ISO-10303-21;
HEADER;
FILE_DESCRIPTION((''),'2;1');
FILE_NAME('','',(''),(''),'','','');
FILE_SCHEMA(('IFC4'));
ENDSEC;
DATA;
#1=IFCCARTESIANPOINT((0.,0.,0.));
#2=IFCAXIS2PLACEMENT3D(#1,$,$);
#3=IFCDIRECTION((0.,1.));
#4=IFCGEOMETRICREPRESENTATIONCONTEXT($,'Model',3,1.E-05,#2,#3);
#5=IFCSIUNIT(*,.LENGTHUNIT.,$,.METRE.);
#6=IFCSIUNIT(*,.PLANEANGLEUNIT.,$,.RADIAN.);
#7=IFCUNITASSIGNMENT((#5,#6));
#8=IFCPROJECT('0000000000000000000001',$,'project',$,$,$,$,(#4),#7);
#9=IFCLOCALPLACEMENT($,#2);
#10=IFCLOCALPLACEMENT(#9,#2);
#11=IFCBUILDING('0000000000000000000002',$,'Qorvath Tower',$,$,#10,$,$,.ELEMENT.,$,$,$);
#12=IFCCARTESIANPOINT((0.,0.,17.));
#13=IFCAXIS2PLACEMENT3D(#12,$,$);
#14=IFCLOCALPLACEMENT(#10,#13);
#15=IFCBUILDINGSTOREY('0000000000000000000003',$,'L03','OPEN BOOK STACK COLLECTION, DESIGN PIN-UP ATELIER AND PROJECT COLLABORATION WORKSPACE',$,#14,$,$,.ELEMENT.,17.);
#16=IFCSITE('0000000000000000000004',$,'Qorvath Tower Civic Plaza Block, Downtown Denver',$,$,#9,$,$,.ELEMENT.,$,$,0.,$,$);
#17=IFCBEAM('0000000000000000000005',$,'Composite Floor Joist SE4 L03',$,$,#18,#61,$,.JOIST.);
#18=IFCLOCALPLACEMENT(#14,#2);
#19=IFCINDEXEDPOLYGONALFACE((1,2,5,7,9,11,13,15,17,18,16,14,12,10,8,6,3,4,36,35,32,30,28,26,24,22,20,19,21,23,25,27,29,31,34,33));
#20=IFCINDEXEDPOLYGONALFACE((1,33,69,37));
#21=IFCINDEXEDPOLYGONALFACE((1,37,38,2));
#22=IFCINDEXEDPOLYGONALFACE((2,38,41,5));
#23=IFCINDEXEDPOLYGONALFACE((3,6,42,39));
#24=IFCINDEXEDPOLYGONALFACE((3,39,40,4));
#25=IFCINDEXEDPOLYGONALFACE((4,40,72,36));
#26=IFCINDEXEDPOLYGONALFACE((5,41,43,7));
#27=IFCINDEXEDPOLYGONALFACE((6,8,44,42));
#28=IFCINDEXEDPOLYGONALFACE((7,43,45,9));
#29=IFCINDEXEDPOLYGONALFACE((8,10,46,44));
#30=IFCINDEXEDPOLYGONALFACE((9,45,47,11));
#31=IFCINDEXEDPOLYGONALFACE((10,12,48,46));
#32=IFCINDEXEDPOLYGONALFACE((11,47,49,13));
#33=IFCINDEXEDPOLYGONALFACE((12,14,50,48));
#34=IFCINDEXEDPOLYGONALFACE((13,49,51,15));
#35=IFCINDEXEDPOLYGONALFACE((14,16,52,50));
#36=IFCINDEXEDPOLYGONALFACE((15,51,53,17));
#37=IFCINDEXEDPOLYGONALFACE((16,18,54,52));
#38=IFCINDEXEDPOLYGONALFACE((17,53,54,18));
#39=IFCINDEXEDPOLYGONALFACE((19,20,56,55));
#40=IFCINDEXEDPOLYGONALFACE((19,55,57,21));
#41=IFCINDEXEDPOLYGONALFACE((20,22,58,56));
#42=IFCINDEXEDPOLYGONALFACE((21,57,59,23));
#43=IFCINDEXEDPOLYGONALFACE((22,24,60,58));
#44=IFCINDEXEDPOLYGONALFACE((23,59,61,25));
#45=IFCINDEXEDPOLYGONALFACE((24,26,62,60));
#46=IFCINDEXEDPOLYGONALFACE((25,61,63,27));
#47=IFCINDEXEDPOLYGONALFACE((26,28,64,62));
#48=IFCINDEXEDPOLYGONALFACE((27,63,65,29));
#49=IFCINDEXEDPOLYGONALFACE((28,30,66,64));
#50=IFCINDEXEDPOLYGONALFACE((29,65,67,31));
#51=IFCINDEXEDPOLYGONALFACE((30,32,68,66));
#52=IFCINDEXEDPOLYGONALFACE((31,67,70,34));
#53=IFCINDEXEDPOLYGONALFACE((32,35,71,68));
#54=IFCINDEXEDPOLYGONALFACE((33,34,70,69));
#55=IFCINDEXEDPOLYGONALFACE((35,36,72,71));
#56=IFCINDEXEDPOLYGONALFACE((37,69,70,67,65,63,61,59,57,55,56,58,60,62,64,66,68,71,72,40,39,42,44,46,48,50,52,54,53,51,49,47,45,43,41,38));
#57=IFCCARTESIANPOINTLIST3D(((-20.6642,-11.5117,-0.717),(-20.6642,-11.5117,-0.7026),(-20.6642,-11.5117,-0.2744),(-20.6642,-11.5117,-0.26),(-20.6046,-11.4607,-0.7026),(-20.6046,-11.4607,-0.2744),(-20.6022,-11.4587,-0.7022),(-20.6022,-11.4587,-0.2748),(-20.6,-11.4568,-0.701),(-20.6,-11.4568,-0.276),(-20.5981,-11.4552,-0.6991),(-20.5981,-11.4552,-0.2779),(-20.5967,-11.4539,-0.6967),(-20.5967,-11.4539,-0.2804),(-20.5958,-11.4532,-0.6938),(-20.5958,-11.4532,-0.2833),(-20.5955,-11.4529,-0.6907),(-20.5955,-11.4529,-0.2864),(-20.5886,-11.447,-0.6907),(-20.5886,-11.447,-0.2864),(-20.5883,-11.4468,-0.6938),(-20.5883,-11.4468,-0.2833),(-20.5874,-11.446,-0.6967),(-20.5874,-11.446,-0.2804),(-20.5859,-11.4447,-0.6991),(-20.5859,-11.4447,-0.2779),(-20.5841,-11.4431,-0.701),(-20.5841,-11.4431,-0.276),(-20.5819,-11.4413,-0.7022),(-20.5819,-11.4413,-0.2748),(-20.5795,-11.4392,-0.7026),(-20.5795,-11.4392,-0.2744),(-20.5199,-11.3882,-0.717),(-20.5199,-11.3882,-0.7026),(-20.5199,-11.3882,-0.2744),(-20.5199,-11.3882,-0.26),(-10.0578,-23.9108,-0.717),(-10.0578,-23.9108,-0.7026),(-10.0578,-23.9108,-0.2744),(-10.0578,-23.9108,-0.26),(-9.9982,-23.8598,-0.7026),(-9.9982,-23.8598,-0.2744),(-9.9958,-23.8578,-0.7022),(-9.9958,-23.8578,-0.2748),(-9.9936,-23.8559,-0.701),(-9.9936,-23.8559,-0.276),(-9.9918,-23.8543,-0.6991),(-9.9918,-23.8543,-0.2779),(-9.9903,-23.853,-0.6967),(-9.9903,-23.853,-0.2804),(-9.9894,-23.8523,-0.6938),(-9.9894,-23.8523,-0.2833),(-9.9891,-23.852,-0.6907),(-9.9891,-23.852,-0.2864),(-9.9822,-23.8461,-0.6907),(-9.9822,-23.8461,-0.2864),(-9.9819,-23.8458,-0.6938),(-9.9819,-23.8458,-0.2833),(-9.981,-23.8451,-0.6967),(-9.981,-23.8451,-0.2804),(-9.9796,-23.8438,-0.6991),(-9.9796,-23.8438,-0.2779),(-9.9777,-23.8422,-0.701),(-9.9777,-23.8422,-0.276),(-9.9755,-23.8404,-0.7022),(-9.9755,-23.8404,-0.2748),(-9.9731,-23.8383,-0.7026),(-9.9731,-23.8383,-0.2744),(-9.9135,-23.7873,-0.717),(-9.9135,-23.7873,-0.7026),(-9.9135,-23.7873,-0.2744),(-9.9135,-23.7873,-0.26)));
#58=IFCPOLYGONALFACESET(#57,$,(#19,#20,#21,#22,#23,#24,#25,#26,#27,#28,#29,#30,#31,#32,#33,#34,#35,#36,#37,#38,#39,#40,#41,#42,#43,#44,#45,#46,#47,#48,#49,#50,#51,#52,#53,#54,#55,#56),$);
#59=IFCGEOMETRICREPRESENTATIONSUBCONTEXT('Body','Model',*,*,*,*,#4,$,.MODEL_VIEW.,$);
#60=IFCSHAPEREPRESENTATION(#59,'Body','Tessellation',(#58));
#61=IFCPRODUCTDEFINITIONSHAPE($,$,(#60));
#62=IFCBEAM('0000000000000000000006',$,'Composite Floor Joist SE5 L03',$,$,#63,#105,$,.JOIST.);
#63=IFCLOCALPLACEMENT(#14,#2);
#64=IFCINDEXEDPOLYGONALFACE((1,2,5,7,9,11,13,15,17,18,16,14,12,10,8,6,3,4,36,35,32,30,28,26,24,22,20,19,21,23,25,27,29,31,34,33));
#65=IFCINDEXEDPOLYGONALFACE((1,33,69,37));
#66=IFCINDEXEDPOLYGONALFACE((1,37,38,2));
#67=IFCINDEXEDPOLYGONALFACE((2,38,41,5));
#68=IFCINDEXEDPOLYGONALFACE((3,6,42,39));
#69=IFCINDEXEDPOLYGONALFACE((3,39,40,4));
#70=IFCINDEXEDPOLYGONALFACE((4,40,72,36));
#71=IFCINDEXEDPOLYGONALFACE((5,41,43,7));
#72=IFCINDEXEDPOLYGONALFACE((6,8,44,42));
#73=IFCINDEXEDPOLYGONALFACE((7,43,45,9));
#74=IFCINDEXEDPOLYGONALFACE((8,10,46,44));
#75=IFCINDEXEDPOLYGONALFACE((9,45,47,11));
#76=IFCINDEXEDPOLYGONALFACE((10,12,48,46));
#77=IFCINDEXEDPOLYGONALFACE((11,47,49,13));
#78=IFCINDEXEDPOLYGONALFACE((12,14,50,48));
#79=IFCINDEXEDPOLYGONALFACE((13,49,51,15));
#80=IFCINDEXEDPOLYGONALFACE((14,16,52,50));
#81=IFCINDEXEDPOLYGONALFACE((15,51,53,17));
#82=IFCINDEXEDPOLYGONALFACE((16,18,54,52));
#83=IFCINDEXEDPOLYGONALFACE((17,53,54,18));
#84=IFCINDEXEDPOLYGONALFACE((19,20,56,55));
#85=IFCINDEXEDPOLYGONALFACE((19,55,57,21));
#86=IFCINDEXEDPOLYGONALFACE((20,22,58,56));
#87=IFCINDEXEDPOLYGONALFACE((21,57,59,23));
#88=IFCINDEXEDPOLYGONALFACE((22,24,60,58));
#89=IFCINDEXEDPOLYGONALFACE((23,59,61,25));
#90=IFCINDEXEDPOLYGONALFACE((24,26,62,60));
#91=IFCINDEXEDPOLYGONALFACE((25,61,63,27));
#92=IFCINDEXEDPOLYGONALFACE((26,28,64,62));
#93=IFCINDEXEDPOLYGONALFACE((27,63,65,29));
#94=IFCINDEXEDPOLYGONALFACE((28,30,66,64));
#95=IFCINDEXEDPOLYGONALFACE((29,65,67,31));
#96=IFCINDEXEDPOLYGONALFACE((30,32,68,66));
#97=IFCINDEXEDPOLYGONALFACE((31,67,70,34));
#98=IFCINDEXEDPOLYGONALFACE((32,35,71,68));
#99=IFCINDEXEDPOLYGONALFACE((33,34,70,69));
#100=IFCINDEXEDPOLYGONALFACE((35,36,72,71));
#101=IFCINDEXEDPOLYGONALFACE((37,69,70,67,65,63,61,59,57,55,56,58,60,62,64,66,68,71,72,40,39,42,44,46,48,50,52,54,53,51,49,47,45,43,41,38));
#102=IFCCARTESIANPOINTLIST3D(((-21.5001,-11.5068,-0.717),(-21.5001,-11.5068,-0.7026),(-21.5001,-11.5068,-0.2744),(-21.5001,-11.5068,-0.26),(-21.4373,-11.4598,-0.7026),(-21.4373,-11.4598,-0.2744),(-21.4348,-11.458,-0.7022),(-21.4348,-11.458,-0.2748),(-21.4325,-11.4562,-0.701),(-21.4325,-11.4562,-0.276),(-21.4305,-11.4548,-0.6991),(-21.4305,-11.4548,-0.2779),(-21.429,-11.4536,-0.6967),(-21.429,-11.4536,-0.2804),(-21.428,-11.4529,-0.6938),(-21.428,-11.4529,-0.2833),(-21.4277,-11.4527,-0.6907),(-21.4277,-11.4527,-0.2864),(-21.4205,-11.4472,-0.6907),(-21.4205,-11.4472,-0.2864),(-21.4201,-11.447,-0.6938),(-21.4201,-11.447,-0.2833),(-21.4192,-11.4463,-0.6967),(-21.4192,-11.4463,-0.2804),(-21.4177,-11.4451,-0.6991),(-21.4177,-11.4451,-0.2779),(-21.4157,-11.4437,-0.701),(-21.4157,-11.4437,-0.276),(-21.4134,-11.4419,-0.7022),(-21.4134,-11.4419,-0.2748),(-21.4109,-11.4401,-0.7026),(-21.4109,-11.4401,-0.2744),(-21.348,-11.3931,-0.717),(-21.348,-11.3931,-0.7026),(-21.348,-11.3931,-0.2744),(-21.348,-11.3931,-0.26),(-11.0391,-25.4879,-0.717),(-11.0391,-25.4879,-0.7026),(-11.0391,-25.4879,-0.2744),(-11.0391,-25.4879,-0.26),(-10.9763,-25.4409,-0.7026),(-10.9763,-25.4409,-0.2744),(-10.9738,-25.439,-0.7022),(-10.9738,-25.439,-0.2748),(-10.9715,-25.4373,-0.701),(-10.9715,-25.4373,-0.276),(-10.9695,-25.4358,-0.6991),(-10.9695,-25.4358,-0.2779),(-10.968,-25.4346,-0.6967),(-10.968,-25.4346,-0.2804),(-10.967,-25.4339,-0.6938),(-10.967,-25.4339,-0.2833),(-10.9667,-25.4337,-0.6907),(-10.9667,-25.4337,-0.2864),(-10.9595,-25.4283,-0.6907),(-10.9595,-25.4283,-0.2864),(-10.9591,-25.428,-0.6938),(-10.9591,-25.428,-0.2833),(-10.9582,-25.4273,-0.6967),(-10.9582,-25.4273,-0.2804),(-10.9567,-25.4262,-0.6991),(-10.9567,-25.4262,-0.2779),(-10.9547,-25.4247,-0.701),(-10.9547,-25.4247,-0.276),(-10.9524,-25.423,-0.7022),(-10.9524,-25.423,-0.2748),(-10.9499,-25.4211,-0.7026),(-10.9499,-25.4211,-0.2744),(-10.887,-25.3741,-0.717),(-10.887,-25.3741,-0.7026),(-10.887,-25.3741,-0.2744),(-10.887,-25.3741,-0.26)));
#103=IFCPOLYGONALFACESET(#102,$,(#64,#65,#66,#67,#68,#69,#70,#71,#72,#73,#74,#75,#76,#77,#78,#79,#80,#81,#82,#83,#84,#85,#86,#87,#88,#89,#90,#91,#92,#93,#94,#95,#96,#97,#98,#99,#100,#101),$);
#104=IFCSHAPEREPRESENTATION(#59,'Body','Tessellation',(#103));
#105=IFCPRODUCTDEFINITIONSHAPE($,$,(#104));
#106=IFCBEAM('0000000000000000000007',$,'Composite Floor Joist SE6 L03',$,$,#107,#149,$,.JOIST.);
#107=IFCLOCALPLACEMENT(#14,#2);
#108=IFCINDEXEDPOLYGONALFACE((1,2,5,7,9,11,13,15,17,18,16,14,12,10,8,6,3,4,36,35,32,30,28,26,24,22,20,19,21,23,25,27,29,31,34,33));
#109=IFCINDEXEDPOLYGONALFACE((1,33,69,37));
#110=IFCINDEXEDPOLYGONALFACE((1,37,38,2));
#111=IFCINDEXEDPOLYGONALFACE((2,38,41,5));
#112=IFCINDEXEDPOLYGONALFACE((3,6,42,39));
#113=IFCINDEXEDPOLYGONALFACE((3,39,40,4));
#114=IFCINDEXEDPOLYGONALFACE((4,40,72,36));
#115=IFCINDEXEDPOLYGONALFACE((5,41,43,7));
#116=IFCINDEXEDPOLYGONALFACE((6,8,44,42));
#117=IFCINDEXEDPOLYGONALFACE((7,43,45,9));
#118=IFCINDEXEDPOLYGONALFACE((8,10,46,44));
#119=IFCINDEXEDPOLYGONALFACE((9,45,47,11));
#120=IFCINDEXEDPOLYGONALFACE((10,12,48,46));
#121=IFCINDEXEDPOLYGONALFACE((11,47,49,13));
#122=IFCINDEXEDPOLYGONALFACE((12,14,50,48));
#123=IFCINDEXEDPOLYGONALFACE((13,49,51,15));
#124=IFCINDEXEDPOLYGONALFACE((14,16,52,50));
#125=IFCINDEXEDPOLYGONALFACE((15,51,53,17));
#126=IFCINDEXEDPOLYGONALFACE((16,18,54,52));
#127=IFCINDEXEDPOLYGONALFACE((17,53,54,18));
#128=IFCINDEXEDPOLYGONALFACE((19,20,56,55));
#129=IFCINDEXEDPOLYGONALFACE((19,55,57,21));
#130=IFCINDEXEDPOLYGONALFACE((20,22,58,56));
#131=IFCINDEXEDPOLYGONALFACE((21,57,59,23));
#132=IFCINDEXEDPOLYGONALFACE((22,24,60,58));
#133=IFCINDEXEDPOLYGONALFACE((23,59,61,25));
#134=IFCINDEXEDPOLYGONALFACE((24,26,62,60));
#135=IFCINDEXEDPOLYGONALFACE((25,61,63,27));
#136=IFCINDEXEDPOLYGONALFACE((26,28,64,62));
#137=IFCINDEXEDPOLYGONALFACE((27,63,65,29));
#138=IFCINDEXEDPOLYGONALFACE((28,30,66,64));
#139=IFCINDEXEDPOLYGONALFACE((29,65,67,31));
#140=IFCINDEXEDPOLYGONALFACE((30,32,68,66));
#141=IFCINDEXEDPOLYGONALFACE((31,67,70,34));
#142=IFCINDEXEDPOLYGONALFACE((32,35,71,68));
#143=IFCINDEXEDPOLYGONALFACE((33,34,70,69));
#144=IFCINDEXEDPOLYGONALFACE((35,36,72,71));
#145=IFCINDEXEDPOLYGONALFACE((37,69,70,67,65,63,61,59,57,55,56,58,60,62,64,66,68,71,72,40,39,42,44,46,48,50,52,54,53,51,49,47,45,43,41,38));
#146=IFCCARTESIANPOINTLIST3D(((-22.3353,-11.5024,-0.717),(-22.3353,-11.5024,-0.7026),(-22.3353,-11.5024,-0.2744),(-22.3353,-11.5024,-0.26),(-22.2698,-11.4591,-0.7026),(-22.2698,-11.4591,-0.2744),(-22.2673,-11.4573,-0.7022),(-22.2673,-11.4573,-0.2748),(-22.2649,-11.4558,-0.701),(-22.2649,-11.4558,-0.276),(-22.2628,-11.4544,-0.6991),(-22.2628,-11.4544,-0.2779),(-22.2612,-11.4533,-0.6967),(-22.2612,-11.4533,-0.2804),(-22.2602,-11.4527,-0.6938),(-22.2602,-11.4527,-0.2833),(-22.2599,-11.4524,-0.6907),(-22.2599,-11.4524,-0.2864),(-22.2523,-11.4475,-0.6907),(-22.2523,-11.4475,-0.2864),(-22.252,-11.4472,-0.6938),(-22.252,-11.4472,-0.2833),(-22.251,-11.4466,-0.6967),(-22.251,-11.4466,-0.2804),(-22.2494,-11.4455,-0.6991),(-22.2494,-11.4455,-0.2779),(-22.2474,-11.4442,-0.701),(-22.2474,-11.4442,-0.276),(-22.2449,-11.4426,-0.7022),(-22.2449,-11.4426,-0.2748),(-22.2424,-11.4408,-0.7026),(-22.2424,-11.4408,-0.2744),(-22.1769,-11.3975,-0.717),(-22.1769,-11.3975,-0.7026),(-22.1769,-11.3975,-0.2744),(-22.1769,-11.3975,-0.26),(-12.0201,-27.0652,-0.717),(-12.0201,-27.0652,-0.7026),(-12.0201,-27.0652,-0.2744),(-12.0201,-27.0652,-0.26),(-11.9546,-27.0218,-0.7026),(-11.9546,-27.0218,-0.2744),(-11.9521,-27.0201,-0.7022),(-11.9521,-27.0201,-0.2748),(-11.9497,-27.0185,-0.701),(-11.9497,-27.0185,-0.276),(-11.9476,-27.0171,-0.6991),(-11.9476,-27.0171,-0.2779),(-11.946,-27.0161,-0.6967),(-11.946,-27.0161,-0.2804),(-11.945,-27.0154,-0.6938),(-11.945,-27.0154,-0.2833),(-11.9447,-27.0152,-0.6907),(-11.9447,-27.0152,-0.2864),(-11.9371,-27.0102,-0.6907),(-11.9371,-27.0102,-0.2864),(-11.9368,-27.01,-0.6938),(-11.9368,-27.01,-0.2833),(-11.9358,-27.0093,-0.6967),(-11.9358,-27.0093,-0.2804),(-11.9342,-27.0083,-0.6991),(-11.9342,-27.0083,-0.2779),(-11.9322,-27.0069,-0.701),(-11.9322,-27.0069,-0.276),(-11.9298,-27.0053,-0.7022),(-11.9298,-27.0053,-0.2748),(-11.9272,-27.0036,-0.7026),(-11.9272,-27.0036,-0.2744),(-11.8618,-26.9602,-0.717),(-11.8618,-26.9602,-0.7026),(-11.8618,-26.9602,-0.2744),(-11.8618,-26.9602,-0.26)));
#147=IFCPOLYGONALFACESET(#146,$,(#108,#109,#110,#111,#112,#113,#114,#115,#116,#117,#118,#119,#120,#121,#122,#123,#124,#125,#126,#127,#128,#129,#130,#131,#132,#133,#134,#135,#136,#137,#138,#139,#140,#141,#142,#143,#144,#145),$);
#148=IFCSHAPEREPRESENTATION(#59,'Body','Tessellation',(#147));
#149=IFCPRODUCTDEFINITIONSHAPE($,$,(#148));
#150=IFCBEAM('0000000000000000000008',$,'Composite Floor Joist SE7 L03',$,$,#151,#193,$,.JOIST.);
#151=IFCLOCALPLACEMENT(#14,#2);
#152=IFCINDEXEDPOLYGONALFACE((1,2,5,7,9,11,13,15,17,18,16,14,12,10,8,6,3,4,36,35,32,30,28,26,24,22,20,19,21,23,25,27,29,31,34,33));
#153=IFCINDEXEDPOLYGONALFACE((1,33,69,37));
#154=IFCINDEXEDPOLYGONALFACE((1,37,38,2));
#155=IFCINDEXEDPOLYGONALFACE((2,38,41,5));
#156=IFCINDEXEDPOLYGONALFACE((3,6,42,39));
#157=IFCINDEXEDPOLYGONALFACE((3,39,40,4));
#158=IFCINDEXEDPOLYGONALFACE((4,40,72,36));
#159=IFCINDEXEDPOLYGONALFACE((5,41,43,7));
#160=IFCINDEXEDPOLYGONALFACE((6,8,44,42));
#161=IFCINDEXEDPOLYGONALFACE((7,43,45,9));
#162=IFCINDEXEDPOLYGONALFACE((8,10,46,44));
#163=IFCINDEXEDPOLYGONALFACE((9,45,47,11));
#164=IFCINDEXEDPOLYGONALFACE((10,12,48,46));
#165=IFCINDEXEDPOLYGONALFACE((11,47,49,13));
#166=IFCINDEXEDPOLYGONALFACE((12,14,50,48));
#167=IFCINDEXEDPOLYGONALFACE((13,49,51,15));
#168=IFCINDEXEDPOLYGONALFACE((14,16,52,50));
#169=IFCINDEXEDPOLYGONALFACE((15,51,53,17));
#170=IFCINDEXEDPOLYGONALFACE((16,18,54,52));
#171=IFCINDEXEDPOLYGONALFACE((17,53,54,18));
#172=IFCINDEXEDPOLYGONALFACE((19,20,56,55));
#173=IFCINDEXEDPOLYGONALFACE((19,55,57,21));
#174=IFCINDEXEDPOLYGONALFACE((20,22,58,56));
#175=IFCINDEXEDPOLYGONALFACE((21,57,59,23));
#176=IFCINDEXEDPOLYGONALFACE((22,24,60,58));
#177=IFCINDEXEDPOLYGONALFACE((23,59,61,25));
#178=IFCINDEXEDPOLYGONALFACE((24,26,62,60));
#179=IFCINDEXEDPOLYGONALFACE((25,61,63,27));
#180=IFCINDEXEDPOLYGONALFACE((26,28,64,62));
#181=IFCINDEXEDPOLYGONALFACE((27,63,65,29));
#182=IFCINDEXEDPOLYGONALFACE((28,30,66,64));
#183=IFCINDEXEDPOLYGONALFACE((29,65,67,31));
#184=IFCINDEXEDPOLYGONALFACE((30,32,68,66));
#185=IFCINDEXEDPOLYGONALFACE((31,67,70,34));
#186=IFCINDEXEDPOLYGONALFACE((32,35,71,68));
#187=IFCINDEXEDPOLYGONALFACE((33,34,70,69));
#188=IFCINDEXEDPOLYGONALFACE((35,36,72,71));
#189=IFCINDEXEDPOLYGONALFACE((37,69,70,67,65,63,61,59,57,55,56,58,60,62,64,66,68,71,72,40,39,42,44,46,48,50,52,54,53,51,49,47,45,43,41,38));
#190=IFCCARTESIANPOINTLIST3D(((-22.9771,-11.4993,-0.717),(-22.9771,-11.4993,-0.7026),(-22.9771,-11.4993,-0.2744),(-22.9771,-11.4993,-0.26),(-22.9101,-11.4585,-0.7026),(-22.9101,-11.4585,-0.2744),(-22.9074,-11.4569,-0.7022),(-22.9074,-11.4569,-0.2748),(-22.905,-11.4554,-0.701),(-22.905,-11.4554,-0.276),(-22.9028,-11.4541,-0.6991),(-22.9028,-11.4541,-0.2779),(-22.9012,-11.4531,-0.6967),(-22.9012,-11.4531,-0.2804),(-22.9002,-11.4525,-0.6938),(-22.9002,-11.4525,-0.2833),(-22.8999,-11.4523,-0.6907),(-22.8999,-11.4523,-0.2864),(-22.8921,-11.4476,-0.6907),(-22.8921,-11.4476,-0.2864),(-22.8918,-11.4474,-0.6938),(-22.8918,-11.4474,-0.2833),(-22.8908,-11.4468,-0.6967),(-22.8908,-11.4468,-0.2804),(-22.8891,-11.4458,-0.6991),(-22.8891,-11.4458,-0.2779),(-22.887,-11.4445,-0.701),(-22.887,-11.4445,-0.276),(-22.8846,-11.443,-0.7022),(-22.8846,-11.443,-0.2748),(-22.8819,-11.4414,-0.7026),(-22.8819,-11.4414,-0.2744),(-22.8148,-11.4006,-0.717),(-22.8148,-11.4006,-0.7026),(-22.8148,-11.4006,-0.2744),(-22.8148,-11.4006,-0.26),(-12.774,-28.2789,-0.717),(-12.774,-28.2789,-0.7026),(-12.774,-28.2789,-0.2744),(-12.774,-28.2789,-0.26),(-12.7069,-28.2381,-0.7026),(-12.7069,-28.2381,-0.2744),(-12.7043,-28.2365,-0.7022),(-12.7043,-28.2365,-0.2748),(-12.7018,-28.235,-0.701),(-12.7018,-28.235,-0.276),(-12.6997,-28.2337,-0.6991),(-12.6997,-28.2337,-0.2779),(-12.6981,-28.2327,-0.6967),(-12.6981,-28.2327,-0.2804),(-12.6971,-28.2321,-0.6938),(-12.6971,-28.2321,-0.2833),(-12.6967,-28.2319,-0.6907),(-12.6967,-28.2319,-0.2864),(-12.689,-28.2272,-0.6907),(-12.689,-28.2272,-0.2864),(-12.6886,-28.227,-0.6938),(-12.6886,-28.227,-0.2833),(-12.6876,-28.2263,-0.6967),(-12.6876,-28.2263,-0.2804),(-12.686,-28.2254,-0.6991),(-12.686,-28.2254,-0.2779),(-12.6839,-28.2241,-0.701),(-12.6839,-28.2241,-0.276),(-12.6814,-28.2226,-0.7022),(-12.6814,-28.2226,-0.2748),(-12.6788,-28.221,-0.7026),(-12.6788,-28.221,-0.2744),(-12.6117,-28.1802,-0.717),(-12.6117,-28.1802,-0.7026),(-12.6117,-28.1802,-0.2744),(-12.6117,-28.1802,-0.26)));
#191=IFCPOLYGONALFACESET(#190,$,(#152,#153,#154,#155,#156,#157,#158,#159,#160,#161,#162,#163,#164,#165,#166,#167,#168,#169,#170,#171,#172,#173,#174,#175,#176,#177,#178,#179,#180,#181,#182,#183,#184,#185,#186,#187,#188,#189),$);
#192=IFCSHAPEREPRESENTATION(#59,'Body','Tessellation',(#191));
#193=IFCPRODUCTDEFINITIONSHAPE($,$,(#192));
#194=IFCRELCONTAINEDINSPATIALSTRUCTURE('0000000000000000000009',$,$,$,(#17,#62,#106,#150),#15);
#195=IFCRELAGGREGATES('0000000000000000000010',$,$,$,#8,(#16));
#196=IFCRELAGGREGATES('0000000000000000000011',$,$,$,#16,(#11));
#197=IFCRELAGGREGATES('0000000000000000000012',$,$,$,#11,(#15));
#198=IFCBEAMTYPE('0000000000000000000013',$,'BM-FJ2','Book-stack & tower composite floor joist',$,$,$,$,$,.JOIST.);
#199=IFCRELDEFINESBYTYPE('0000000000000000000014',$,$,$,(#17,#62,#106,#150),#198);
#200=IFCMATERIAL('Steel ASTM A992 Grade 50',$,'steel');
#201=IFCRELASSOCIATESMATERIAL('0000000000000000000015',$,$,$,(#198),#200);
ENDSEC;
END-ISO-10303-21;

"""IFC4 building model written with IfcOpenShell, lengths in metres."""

from ifc_helpers import new_model, si_unit, direction, frame, origin, origin_2d, place, context, subcontext, project, spatial, i_section, extrude, material, material_profile, profile_set, type_object, element, save


model = new_model("IFC4")

# Units and contexts
model_context = context("Model", 3, precision=1e-05, world=origin(), true_north=direction((0.0, 1.0)))
body_context = subcontext(model_context, "Body", "Model", "MODEL_VIEW")
ifc_project = project(units=[si_unit("LENGTHUNIT", "METRE"), si_unit("PLANEANGLEUNIT", "RADIAN")], contexts=[model_context])

# Site, building, storey
site_placement = place(None, origin())
site = spatial("IfcSite", under=ifc_project, at=site_placement, Name="Qorvath Tower Civic Plaza Block, Downtown Denver", CompositionType="ELEMENT", RefElevation=0.0)
building_placement = place(site_placement, origin())
building = spatial("IfcBuilding", under=site, at=building_placement, Name="Qorvath Tower", CompositionType="ELEMENT")
storey_placement = place(building_placement, frame((0.0, 0.0, 17.0)))
storey = spatial("IfcBuildingStorey", under=building, at=storey_placement, Name="L03", Description="OPEN BOOK STACK COLLECTION, DESIGN PIN-UP ATELIER AND PROJECT COLLABORATION WORKSPACE", CompositionType="ELEMENT", Elevation=17.0)

# Beams
ifc_material_1 = material(Name="Steel ASTM A992 Grade 50", Category="steel")
ifc_material_profile_1 = material_profile(ifc_material_1, i_section(OverallWidth=0.1899, OverallDepth=0.457, WebThickness=0.009, FlangeThickness=0.0144, FilletRadius=0.012, at=origin_2d()), Name="W18x50")
ifc_profile_set_1 = profile_set([ifc_material_profile_1], Name="Steel ASTM A992 Grade 50")
beam_type_1 = type_object("IfcBeamType", Name="BM-FJ2", Description="Book-stack & tower composite floor joist", PredefinedType="JOIST", material=ifc_profile_set_1)
beam_1_placement = place(storey_placement, frame((-20.592, -11.45, -0.4885), z_axis=(0.650034, -0.759905, 0.0), x_axis=(0.759905, 0.650034, 0.0)))
element("IfcBeam", 1, at=beam_1_placement, inside=storey, type_object=beam_type_1, Name="Composite Floor Joist SE4 L03", PredefinedType="JOIST", context=body_context, shape_type="SweptSolid", body=[
    extrude(i_section(OverallWidth=0.1899, OverallDepth=0.457, WebThickness=0.009, FlangeThickness=0.0144, FilletRadius=0.012, at=origin_2d()), origin(), (0.0, 0.0, 1.0), 16.3167),
])
beam_2_placement = place(storey_placement, frame((-21.4241, -11.45, -0.4885), z_axis=(0.599091, -0.800681, 0.0), x_axis=(0.800681, 0.599091, 0.0)))
element("IfcBeam", 2, at=beam_2_placement, inside=storey, type_object=beam_type_1, Name="Composite Floor Joist SE5 L03", PredefinedType="JOIST", context=body_context, shape_type="SweptSolid", body=[
    extrude(i_section(OverallWidth=0.1899, OverallDepth=0.457, WebThickness=0.009, FlangeThickness=0.0144, FilletRadius=0.012, at=origin_2d()), origin(), (0.0, 0.0, 1.0), 17.4614),
])
beam_3_placement = place(storey_placement, frame((-22.2561, -11.45, -0.4885), z_axis=(0.552474, -0.83353, 0.0), x_axis=(0.83353, 0.552474, 0.0)))
element("IfcBeam", 3, at=beam_3_placement, inside=storey, type_object=beam_type_1, Name="Composite Floor Joist SE6 L03", PredefinedType="JOIST", context=body_context, shape_type="SweptSolid", body=[
    extrude(i_section(OverallWidth=0.1899, OverallDepth=0.457, WebThickness=0.009, FlangeThickness=0.0144, FilletRadius=0.012, at=origin_2d()), origin(), (0.0, 0.0, 1.0), 18.6709),
])
beam_4_placement = place(storey_placement, frame((-22.896, -11.45, -0.4885), z_axis=(0.519556, -0.854436, 0.0), x_axis=(0.854436, 0.519556, 0.0)))
element("IfcBeam", 4, at=beam_4_placement, inside=storey, type_object=beam_type_1, Name="Composite Floor Joist SE7 L03", PredefinedType="JOIST", context=body_context, shape_type="SweptSolid", body=[
    extrude(i_section(OverallWidth=0.1899, OverallDepth=0.457, WebThickness=0.009, FlangeThickness=0.0144, FilletRadius=0.012, at=origin_2d()), origin(), (0.0, 0.0, 1.0), 19.6382),
])

save(model, "model.ifc")
